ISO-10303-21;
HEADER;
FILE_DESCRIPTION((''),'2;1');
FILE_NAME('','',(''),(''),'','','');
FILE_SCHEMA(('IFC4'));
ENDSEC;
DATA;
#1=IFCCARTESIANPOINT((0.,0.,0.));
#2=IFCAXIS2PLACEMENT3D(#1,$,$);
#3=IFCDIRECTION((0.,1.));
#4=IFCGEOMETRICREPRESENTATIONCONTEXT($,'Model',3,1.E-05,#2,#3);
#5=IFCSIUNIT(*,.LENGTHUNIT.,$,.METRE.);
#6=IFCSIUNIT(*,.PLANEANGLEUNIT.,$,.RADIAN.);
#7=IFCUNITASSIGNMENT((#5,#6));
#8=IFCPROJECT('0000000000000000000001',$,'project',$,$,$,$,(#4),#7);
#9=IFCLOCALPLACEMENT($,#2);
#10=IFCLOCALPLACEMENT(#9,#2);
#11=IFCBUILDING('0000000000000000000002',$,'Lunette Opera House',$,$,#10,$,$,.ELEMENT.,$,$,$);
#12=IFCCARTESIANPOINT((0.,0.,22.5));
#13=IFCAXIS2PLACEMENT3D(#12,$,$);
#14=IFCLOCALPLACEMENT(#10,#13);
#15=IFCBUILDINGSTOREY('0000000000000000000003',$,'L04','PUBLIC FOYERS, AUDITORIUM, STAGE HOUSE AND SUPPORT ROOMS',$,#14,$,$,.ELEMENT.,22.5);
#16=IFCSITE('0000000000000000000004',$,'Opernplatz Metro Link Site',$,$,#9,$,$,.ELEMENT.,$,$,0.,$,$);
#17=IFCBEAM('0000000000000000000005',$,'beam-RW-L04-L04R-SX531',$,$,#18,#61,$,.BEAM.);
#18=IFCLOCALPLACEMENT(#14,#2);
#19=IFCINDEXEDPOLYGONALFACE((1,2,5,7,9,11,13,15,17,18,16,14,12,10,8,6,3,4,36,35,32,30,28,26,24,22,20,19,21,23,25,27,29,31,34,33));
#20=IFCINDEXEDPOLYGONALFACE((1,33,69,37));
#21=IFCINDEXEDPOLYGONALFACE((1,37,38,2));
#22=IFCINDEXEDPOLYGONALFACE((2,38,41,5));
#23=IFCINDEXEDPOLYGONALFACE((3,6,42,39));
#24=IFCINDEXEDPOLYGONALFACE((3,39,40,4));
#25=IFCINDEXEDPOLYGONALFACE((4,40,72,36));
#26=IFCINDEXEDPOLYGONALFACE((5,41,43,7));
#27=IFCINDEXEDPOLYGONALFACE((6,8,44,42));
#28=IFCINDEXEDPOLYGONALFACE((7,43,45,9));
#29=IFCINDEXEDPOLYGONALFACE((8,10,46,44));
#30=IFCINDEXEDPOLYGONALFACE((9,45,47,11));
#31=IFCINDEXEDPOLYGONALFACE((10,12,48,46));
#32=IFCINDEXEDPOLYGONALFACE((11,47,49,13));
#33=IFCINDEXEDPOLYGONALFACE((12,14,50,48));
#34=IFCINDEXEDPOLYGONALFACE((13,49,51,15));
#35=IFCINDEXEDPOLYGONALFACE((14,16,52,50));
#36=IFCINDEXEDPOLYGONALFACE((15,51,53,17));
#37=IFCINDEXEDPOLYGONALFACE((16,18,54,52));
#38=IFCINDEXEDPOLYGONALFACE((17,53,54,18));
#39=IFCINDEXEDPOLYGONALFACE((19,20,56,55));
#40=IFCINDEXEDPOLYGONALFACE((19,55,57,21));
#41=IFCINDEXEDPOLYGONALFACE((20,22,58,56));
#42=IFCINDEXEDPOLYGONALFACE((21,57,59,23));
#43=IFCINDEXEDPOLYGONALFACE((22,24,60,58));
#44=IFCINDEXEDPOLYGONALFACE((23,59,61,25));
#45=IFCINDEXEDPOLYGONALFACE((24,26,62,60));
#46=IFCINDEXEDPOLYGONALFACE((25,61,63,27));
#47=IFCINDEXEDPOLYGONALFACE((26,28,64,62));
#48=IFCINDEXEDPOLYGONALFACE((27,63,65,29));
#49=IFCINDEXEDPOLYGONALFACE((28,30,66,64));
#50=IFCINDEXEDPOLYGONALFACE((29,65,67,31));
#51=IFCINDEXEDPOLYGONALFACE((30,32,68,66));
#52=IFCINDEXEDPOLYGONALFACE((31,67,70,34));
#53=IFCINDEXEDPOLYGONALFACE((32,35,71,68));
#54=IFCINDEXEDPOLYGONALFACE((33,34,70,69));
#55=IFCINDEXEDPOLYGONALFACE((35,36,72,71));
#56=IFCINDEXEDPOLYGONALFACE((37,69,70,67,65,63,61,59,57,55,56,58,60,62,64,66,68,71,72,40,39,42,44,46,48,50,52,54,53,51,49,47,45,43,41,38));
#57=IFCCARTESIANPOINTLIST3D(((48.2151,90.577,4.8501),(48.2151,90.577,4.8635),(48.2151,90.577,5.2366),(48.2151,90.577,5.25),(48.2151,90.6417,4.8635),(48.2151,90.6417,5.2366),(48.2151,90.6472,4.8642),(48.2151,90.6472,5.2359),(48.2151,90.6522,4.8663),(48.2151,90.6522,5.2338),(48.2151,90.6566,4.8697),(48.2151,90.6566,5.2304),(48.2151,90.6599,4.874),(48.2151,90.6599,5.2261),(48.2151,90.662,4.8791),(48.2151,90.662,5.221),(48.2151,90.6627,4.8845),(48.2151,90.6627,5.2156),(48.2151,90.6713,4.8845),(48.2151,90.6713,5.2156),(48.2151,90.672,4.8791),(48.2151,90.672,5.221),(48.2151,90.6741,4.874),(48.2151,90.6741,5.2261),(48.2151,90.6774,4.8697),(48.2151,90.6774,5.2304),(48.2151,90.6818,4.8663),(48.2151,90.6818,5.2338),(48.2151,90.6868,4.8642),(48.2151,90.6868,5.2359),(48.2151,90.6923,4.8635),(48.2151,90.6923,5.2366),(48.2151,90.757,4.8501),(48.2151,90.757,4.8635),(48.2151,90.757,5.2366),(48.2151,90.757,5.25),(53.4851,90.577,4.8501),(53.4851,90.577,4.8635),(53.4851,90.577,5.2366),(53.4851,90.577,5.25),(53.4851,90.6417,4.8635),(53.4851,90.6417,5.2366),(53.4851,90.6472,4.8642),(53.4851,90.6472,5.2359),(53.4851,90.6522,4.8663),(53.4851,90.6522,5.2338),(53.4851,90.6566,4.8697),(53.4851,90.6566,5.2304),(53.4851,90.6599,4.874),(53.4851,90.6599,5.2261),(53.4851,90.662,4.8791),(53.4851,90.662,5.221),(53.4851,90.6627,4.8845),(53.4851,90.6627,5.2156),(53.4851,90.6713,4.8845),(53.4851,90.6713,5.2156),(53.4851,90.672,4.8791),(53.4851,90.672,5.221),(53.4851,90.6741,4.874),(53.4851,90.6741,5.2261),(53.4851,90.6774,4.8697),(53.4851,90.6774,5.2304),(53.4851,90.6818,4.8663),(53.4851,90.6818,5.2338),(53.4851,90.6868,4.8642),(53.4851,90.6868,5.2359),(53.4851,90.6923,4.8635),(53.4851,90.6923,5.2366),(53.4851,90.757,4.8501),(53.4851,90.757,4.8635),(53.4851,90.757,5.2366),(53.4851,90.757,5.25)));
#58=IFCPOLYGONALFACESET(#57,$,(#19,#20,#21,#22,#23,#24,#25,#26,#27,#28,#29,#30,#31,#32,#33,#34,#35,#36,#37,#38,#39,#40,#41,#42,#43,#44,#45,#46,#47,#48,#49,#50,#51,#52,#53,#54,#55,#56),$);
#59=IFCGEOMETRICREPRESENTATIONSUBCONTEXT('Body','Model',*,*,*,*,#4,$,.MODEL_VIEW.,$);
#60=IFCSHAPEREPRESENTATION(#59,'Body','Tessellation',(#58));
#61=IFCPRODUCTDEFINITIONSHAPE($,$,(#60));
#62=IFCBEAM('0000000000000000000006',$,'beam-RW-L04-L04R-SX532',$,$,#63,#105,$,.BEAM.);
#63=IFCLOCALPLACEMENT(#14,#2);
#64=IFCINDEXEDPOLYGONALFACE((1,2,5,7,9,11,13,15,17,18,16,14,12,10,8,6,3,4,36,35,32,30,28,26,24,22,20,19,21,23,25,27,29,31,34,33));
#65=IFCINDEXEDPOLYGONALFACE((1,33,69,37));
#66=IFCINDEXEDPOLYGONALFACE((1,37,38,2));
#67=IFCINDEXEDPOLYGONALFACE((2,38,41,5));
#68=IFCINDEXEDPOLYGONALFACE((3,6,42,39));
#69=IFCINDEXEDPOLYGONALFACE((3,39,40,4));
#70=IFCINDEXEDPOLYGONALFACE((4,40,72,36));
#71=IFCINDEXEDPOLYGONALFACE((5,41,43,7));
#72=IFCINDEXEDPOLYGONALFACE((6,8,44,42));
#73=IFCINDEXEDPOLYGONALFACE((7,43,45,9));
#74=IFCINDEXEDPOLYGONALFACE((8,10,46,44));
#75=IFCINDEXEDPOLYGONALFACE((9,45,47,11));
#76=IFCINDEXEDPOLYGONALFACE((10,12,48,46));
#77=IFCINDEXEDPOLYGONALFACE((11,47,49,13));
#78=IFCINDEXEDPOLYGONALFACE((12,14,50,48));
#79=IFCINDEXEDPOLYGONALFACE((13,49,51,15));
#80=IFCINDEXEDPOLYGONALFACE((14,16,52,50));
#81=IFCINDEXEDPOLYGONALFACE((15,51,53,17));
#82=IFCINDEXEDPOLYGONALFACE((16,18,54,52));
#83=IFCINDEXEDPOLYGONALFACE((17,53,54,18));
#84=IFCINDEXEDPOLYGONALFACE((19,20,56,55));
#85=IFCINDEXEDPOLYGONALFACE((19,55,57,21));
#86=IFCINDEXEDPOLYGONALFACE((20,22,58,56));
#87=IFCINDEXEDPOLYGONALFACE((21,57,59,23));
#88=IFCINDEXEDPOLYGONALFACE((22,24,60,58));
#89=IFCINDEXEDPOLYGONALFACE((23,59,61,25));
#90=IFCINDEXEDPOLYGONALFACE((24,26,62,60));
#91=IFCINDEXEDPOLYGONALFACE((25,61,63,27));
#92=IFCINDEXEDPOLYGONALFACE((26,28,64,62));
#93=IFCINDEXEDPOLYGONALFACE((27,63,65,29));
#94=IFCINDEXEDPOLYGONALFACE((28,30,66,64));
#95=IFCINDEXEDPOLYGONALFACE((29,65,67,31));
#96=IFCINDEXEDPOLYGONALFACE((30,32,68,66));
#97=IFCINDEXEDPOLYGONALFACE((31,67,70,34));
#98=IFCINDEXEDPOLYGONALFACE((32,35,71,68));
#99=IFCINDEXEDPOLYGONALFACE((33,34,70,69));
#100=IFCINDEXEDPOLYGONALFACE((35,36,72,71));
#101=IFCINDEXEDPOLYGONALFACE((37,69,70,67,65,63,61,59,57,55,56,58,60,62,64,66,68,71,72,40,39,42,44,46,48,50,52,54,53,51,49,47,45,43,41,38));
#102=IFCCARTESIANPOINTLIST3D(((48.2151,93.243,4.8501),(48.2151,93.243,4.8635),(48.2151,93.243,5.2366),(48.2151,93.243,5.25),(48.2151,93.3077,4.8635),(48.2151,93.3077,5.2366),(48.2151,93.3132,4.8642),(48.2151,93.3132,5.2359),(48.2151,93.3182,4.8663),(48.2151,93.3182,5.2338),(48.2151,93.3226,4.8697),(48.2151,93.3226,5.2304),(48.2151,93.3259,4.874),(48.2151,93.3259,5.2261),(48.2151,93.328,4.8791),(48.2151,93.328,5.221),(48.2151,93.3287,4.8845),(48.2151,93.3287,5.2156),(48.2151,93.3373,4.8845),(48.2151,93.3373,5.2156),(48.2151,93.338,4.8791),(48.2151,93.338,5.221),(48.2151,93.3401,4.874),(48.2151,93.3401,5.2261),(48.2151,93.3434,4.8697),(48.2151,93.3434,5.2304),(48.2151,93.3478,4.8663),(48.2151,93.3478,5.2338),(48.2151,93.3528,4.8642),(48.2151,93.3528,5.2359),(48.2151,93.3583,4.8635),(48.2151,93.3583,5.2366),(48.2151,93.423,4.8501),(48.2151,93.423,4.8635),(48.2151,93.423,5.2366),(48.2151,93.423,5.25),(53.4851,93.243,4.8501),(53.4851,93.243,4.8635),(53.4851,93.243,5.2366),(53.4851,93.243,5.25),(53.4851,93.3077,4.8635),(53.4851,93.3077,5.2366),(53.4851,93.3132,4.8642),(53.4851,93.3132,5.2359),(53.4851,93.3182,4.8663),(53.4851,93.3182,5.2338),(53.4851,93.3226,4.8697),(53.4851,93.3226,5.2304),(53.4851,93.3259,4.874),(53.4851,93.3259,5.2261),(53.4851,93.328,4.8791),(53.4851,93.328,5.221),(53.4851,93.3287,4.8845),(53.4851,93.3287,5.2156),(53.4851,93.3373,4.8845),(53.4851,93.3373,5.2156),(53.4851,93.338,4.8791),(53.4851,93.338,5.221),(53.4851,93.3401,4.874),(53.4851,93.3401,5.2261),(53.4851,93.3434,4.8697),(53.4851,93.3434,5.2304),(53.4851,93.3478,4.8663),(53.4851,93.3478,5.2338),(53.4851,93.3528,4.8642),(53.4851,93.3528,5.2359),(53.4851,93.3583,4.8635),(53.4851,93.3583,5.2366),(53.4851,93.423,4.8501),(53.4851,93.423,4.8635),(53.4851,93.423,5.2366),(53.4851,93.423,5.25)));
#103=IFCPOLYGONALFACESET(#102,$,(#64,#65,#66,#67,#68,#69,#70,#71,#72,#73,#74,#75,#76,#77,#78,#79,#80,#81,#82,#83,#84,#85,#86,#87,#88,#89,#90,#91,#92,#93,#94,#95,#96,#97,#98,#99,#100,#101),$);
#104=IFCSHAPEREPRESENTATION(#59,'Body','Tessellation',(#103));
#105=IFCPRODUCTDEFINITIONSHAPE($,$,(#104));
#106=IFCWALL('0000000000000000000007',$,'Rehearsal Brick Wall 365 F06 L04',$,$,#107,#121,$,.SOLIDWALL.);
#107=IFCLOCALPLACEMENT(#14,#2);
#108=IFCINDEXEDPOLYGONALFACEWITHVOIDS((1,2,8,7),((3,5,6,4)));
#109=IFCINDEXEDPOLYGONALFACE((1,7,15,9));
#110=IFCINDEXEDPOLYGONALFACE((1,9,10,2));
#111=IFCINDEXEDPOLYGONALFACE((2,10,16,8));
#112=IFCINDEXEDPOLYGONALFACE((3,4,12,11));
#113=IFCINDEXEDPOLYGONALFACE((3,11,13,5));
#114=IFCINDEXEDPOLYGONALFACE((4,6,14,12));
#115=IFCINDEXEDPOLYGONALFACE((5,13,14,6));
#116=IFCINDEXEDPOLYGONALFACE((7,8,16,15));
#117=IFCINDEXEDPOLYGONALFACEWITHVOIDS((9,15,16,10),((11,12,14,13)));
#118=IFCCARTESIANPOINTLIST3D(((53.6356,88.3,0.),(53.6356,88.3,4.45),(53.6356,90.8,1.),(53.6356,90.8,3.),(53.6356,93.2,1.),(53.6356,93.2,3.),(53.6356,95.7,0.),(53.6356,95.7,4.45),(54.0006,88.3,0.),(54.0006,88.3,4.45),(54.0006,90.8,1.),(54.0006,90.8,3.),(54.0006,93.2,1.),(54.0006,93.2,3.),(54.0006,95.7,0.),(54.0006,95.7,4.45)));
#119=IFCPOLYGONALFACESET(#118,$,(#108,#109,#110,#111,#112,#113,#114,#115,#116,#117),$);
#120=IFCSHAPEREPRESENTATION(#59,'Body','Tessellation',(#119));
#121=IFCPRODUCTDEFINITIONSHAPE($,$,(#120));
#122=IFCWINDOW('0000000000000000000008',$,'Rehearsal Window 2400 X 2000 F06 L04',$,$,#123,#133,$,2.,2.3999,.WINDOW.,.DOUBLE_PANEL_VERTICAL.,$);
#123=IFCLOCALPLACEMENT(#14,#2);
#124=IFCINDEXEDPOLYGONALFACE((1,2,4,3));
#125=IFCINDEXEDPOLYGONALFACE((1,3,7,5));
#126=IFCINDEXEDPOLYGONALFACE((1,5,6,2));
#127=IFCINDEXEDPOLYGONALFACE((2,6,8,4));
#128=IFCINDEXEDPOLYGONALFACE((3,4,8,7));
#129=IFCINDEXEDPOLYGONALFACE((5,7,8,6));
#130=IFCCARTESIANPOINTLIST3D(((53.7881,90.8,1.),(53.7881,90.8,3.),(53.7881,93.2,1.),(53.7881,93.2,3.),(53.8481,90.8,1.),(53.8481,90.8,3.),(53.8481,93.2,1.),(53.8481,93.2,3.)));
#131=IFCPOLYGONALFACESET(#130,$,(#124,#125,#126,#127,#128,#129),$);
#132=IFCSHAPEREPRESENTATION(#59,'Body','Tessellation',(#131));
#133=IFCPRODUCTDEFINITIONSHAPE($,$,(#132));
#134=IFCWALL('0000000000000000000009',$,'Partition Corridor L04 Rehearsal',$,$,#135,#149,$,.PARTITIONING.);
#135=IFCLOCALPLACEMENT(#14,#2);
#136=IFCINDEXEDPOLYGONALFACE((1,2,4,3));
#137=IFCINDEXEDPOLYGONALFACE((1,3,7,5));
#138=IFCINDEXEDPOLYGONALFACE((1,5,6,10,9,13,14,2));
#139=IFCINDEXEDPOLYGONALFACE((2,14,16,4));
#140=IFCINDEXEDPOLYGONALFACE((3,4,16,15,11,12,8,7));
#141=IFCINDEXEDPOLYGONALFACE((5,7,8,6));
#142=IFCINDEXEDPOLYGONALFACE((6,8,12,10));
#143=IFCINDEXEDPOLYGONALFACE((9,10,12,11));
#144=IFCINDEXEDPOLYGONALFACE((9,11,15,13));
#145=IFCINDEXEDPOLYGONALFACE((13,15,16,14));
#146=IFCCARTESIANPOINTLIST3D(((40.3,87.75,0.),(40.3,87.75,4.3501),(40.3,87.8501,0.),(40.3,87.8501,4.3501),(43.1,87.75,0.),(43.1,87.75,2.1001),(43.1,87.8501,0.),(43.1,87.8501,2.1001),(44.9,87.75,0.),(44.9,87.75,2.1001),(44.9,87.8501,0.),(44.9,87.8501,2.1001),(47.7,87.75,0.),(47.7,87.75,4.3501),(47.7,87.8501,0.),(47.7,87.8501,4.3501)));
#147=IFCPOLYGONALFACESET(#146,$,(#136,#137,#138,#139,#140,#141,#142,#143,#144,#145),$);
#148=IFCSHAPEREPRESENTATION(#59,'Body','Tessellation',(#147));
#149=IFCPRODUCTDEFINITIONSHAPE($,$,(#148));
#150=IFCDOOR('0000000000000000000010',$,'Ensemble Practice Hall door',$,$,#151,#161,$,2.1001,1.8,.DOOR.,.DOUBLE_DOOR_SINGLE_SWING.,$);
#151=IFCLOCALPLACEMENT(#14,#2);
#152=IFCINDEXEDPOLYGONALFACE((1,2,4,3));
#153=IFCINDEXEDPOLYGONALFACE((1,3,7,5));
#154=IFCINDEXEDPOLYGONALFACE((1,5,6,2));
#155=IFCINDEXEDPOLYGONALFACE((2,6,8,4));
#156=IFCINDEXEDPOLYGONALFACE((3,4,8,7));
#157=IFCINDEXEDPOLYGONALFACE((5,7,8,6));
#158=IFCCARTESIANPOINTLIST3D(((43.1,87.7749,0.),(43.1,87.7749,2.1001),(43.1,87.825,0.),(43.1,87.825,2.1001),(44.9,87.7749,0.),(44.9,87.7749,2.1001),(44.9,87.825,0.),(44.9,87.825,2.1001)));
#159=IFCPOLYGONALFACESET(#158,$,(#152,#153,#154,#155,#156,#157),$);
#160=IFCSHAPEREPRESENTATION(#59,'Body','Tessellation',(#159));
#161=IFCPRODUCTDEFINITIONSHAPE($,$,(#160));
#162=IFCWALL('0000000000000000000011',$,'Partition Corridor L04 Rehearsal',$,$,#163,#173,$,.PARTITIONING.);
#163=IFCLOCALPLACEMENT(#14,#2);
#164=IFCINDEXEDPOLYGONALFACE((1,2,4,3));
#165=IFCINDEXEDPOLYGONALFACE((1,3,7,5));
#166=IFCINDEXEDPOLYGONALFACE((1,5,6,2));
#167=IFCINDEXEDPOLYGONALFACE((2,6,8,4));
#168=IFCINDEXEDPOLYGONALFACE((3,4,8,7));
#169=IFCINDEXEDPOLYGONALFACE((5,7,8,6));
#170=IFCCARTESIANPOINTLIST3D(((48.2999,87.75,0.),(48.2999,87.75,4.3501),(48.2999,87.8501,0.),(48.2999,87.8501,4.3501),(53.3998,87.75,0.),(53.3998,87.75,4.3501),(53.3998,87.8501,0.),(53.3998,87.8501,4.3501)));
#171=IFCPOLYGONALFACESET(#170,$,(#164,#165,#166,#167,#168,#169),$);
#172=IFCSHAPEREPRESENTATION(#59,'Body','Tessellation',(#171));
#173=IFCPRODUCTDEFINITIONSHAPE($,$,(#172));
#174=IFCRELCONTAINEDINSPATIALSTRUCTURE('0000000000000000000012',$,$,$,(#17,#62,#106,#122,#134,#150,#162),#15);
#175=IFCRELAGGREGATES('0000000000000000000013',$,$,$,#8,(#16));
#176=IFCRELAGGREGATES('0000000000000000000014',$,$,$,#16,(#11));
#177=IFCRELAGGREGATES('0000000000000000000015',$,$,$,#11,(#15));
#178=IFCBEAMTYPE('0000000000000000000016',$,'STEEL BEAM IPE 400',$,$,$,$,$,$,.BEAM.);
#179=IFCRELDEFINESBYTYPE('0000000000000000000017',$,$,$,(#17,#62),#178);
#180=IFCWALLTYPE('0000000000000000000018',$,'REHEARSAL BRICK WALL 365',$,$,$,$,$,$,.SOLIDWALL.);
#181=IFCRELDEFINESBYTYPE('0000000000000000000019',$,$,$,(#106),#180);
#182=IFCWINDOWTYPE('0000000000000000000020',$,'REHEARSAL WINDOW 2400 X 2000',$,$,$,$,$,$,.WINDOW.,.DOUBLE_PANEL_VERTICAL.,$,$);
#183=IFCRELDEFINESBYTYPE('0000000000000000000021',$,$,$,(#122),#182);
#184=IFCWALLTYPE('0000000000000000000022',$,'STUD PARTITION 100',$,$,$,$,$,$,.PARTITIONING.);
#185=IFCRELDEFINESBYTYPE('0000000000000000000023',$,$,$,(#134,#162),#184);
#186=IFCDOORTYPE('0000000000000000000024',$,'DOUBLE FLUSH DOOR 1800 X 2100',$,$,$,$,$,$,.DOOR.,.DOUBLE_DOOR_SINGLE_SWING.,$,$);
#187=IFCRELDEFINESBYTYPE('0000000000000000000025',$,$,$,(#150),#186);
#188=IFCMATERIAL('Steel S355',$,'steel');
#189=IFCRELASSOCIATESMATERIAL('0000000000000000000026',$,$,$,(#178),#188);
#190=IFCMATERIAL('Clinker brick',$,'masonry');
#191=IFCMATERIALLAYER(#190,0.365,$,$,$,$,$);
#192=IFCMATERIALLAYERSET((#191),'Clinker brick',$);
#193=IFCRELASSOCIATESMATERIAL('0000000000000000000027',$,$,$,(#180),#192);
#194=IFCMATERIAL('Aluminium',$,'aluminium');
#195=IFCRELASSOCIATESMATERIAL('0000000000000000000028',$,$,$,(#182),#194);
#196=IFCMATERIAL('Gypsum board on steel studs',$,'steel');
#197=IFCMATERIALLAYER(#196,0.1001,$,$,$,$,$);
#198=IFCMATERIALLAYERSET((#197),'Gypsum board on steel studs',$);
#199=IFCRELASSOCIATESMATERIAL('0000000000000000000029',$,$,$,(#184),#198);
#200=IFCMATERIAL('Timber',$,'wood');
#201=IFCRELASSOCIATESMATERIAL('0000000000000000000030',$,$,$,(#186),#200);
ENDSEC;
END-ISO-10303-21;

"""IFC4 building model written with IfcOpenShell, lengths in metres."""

from ifc_helpers import new_model, si_unit, direction, frame, frame_2d, origin, origin_2d, place, context, subcontext, project, spatial, rectangle, i_section, extrude, material, layer, layer_set, material_profile, profile_set, type_object, element, fill, save


model = new_model("IFC4")

# Units and contexts
model_context = context("Model", 3, precision=1e-05, world=origin(), true_north=direction((0.0, 1.0)))
body_context = subcontext(model_context, "Body", "Model", "MODEL_VIEW")
ifc_project = project(units=[si_unit("LENGTHUNIT", "METRE"), si_unit("PLANEANGLEUNIT", "RADIAN")], contexts=[model_context])

# Site, building, storey
site_placement = place(None, origin())
site = spatial("IfcSite", under=ifc_project, at=site_placement, Name="Opernplatz Metro Link Site", CompositionType="ELEMENT", RefElevation=0.0)
building_placement = place(site_placement, origin())
building = spatial("IfcBuilding", under=site, at=building_placement, Name="Lunette Opera House", CompositionType="ELEMENT")
storey_placement = place(building_placement, frame((0.0, 0.0, 22.5)))
storey = spatial("IfcBuildingStorey", under=building, at=storey_placement, Name="L04", Description="PUBLIC FOYERS, AUDITORIUM, STAGE HOUSE AND SUPPORT ROOMS", CompositionType="ELEMENT", Elevation=22.5)

# Beams
ifc_material_1 = material(Name="Steel S355", Category="steel")
ifc_material_profile_1 = material_profile(ifc_material_1, i_section(OverallWidth=0.1799, OverallDepth=0.3999, WebThickness=0.0085, FlangeThickness=0.0134, FilletRadius=0.021, at=origin_2d()), Name="IPE 400")
ifc_profile_set_1 = profile_set([ifc_material_profile_1], Name="Steel S355")
beam_type_1 = type_object("IfcBeamType", Name="STEEL BEAM IPE 400", PredefinedType="BEAM", material=ifc_profile_set_1)
for number, where, z_axis, x_axis, name in (
    (1, (48.2151, 90.667, 5.05), (1.0, 0.0, 0.0), (0.0, 1.0, 0.0), "beam-RW-L04-L04R-SX531"),
    (2, (48.2151, 93.333, 5.05), (1.0, 0.0, 0.0), (0.0, 1.0, 0.0), "beam-RW-L04-L04R-SX532"),
):
    element("IfcBeam", number, at=place(storey_placement, frame(where, z_axis=z_axis, x_axis=x_axis)), inside=storey, type_object=beam_type_1, Name=name, PredefinedType="BEAM", context=body_context, shape_type="SweptSolid", body=[
        extrude(i_section(OverallWidth=0.1799, OverallDepth=0.3999, WebThickness=0.0085, FlangeThickness=0.0134, FilletRadius=0.021, at=origin_2d()), origin(), (0.0, 0.0, 1.0), 5.27),
    ])

# Wall, opening, window
ifc_material_2 = material(Name="Clinker brick", Category="masonry")
ifc_layer_1 = layer(ifc_material_2, 0.365)
ifc_layer_set_1 = layer_set([ifc_layer_1], Name="Clinker brick")
wall_type_1 = type_object("IfcWallType", Name="REHEARSAL BRICK WALL 365", PredefinedType="SOLIDWALL", material=ifc_layer_set_1)
wall_1_placement = place(storey_placement, frame((53.8181, 88.3, 0.0), z_axis=(0.0, 0.0, 1.0), x_axis=(0.0, 1.0, 0.0)))
wall_1 = element("IfcWall", 3, at=wall_1_placement, inside=storey, type_object=wall_type_1, Name="Rehearsal Brick Wall 365 F06 L04", PredefinedType="SOLIDWALL", context=body_context, shape_type="SweptSolid", body=[
    extrude(rectangle(XDim=7.3999, YDim=0.365, at=frame_2d((3.7, 0.0))), origin(), (0.0, 0.0, 1.0), 4.45),
])
opening_1_placement = place(wall_1_placement, frame((2.5, 0.0, 1.0)))
opening_1 = element("IfcOpeningElement", 4, at=opening_1_placement, cuts=wall_1, PredefinedType="OPENING", context=body_context, shape_type="SweptSolid", body=[
    extrude(rectangle(XDim=2.3999, YDim=2.0, at=frame_2d((1.2, 1.0))), frame((0.0, 0.1946, 0.0), z_axis=(0.0, -1.0, 0.0), x_axis=(1.0, 0.0, 0.0)), (0.0, 0.0, 1.0), 0.3889),
])
ifc_material_3 = material(Name="Aluminium", Category="aluminium")
window_type = type_object("IfcWindowType", Name="REHEARSAL WINDOW 2400 X 2000", PartitioningType="DOUBLE_PANEL_VERTICAL", PredefinedType="WINDOW", material=ifc_material_3)
window_placement = place(opening_1_placement, origin())
window = element("IfcWindow", 5, at=window_placement, inside=storey, type_object=window_type, Name="Rehearsal Window 2400 X 2000 F06 L04", OverallHeight=2.0, OverallWidth=2.3999, PartitioningType="DOUBLE_PANEL_VERTICAL", PredefinedType="WINDOW", context=body_context, shape_type="SweptSolid", body=[
    extrude(rectangle(XDim=2.3999, YDim=2.0, at=frame_2d((1.2, 1.0))), frame((0.0, 0.03, 0.0), z_axis=(0.0, -1.0, 0.0), x_axis=(1.0, 0.0, 0.0)), (0.0, 0.0, 1.0), 0.0601),
])
fill(opening_1, window)

# Wall, opening, door
ifc_material_4 = material(Name="Gypsum board on steel studs", Category="steel")
ifc_layer_2 = layer(ifc_material_4, 0.1001)
ifc_layer_set_2 = layer_set([ifc_layer_2], Name="Gypsum board on steel studs")
wall_type_2 = type_object("IfcWallType", Name="STUD PARTITION 100", PredefinedType="PARTITIONING", material=ifc_layer_set_2)
wall_2_placement = place(storey_placement, frame((40.3, 87.8, 0.0), z_axis=(0.0, 0.0, 1.0), x_axis=(1.0, 0.0, 0.0)))
wall_2 = element("IfcWall", 6, at=wall_2_placement, inside=storey, type_object=wall_type_2, Name="Partition Corridor L04 Rehearsal", PredefinedType="PARTITIONING", context=body_context, shape_type="SweptSolid", body=[
    extrude(rectangle(XDim=7.3999, YDim=0.1001, at=frame_2d((3.7, 0.0))), origin(), (0.0, 0.0, 1.0), 4.3501),
])
opening_2_placement = place(wall_2_placement, frame((2.8, 0.0, 0.0)))
opening_2 = element("IfcOpeningElement", 7, at=opening_2_placement, cuts=wall_2, PredefinedType="OPENING", context=body_context, shape_type="SweptSolid", body=[
    extrude(rectangle(XDim=1.8, YDim=2.1001, at=frame_2d((0.8999, 1.05))), frame((0.0, 0.062, 0.0), z_axis=(0.0, -1.0, 0.0), x_axis=(1.0, 0.0, 0.0)), (0.0, 0.0, 1.0), 0.124),
])
ifc_material_5 = material(Name="Timber", Category="wood")
door_type = type_object("IfcDoorType", Name="DOUBLE FLUSH DOOR 1800 X 2100", OperationType="DOUBLE_DOOR_SINGLE_SWING", PredefinedType="DOOR", material=ifc_material_5)
door_1_placement = place(opening_2_placement, origin())
door_1 = element("IfcDoor", 8, at=door_1_placement, inside=storey, type_object=door_type, Name="Ensemble Practice Hall door", OperationType="DOUBLE_DOOR_SINGLE_SWING", OverallHeight=2.1001, OverallWidth=1.8, PredefinedType="DOOR", context=body_context, shape_type="SweptSolid", body=[
    extrude(rectangle(XDim=1.8, YDim=2.1001, at=frame_2d((0.8999, 1.05))), frame((0.0, 0.0249, 0.0), z_axis=(0.0, -1.0, 0.0), x_axis=(1.0, 0.0, 0.0)), (0.0, 0.0, 1.0), 0.05),
])
fill(opening_2, door_1)

# Wall
wall_3_placement = place(storey_placement, frame((48.3, 87.8, 0.0), z_axis=(0.0, 0.0, 1.0), x_axis=(1.0, 0.0, 0.0)))
element("IfcWall", 9, at=wall_3_placement, inside=storey, type_object=wall_type_2, Name="Partition Corridor L04 Rehearsal", PredefinedType="PARTITIONING", context=body_context, shape_type="SweptSolid", body=[
    extrude(rectangle(XDim=5.0999, YDim=0.1001, at=frame_2d((2.5498, 0.0))), origin(), (0.0, 0.0, 1.0), 4.3501),
])

save(model, "model.ifc")
